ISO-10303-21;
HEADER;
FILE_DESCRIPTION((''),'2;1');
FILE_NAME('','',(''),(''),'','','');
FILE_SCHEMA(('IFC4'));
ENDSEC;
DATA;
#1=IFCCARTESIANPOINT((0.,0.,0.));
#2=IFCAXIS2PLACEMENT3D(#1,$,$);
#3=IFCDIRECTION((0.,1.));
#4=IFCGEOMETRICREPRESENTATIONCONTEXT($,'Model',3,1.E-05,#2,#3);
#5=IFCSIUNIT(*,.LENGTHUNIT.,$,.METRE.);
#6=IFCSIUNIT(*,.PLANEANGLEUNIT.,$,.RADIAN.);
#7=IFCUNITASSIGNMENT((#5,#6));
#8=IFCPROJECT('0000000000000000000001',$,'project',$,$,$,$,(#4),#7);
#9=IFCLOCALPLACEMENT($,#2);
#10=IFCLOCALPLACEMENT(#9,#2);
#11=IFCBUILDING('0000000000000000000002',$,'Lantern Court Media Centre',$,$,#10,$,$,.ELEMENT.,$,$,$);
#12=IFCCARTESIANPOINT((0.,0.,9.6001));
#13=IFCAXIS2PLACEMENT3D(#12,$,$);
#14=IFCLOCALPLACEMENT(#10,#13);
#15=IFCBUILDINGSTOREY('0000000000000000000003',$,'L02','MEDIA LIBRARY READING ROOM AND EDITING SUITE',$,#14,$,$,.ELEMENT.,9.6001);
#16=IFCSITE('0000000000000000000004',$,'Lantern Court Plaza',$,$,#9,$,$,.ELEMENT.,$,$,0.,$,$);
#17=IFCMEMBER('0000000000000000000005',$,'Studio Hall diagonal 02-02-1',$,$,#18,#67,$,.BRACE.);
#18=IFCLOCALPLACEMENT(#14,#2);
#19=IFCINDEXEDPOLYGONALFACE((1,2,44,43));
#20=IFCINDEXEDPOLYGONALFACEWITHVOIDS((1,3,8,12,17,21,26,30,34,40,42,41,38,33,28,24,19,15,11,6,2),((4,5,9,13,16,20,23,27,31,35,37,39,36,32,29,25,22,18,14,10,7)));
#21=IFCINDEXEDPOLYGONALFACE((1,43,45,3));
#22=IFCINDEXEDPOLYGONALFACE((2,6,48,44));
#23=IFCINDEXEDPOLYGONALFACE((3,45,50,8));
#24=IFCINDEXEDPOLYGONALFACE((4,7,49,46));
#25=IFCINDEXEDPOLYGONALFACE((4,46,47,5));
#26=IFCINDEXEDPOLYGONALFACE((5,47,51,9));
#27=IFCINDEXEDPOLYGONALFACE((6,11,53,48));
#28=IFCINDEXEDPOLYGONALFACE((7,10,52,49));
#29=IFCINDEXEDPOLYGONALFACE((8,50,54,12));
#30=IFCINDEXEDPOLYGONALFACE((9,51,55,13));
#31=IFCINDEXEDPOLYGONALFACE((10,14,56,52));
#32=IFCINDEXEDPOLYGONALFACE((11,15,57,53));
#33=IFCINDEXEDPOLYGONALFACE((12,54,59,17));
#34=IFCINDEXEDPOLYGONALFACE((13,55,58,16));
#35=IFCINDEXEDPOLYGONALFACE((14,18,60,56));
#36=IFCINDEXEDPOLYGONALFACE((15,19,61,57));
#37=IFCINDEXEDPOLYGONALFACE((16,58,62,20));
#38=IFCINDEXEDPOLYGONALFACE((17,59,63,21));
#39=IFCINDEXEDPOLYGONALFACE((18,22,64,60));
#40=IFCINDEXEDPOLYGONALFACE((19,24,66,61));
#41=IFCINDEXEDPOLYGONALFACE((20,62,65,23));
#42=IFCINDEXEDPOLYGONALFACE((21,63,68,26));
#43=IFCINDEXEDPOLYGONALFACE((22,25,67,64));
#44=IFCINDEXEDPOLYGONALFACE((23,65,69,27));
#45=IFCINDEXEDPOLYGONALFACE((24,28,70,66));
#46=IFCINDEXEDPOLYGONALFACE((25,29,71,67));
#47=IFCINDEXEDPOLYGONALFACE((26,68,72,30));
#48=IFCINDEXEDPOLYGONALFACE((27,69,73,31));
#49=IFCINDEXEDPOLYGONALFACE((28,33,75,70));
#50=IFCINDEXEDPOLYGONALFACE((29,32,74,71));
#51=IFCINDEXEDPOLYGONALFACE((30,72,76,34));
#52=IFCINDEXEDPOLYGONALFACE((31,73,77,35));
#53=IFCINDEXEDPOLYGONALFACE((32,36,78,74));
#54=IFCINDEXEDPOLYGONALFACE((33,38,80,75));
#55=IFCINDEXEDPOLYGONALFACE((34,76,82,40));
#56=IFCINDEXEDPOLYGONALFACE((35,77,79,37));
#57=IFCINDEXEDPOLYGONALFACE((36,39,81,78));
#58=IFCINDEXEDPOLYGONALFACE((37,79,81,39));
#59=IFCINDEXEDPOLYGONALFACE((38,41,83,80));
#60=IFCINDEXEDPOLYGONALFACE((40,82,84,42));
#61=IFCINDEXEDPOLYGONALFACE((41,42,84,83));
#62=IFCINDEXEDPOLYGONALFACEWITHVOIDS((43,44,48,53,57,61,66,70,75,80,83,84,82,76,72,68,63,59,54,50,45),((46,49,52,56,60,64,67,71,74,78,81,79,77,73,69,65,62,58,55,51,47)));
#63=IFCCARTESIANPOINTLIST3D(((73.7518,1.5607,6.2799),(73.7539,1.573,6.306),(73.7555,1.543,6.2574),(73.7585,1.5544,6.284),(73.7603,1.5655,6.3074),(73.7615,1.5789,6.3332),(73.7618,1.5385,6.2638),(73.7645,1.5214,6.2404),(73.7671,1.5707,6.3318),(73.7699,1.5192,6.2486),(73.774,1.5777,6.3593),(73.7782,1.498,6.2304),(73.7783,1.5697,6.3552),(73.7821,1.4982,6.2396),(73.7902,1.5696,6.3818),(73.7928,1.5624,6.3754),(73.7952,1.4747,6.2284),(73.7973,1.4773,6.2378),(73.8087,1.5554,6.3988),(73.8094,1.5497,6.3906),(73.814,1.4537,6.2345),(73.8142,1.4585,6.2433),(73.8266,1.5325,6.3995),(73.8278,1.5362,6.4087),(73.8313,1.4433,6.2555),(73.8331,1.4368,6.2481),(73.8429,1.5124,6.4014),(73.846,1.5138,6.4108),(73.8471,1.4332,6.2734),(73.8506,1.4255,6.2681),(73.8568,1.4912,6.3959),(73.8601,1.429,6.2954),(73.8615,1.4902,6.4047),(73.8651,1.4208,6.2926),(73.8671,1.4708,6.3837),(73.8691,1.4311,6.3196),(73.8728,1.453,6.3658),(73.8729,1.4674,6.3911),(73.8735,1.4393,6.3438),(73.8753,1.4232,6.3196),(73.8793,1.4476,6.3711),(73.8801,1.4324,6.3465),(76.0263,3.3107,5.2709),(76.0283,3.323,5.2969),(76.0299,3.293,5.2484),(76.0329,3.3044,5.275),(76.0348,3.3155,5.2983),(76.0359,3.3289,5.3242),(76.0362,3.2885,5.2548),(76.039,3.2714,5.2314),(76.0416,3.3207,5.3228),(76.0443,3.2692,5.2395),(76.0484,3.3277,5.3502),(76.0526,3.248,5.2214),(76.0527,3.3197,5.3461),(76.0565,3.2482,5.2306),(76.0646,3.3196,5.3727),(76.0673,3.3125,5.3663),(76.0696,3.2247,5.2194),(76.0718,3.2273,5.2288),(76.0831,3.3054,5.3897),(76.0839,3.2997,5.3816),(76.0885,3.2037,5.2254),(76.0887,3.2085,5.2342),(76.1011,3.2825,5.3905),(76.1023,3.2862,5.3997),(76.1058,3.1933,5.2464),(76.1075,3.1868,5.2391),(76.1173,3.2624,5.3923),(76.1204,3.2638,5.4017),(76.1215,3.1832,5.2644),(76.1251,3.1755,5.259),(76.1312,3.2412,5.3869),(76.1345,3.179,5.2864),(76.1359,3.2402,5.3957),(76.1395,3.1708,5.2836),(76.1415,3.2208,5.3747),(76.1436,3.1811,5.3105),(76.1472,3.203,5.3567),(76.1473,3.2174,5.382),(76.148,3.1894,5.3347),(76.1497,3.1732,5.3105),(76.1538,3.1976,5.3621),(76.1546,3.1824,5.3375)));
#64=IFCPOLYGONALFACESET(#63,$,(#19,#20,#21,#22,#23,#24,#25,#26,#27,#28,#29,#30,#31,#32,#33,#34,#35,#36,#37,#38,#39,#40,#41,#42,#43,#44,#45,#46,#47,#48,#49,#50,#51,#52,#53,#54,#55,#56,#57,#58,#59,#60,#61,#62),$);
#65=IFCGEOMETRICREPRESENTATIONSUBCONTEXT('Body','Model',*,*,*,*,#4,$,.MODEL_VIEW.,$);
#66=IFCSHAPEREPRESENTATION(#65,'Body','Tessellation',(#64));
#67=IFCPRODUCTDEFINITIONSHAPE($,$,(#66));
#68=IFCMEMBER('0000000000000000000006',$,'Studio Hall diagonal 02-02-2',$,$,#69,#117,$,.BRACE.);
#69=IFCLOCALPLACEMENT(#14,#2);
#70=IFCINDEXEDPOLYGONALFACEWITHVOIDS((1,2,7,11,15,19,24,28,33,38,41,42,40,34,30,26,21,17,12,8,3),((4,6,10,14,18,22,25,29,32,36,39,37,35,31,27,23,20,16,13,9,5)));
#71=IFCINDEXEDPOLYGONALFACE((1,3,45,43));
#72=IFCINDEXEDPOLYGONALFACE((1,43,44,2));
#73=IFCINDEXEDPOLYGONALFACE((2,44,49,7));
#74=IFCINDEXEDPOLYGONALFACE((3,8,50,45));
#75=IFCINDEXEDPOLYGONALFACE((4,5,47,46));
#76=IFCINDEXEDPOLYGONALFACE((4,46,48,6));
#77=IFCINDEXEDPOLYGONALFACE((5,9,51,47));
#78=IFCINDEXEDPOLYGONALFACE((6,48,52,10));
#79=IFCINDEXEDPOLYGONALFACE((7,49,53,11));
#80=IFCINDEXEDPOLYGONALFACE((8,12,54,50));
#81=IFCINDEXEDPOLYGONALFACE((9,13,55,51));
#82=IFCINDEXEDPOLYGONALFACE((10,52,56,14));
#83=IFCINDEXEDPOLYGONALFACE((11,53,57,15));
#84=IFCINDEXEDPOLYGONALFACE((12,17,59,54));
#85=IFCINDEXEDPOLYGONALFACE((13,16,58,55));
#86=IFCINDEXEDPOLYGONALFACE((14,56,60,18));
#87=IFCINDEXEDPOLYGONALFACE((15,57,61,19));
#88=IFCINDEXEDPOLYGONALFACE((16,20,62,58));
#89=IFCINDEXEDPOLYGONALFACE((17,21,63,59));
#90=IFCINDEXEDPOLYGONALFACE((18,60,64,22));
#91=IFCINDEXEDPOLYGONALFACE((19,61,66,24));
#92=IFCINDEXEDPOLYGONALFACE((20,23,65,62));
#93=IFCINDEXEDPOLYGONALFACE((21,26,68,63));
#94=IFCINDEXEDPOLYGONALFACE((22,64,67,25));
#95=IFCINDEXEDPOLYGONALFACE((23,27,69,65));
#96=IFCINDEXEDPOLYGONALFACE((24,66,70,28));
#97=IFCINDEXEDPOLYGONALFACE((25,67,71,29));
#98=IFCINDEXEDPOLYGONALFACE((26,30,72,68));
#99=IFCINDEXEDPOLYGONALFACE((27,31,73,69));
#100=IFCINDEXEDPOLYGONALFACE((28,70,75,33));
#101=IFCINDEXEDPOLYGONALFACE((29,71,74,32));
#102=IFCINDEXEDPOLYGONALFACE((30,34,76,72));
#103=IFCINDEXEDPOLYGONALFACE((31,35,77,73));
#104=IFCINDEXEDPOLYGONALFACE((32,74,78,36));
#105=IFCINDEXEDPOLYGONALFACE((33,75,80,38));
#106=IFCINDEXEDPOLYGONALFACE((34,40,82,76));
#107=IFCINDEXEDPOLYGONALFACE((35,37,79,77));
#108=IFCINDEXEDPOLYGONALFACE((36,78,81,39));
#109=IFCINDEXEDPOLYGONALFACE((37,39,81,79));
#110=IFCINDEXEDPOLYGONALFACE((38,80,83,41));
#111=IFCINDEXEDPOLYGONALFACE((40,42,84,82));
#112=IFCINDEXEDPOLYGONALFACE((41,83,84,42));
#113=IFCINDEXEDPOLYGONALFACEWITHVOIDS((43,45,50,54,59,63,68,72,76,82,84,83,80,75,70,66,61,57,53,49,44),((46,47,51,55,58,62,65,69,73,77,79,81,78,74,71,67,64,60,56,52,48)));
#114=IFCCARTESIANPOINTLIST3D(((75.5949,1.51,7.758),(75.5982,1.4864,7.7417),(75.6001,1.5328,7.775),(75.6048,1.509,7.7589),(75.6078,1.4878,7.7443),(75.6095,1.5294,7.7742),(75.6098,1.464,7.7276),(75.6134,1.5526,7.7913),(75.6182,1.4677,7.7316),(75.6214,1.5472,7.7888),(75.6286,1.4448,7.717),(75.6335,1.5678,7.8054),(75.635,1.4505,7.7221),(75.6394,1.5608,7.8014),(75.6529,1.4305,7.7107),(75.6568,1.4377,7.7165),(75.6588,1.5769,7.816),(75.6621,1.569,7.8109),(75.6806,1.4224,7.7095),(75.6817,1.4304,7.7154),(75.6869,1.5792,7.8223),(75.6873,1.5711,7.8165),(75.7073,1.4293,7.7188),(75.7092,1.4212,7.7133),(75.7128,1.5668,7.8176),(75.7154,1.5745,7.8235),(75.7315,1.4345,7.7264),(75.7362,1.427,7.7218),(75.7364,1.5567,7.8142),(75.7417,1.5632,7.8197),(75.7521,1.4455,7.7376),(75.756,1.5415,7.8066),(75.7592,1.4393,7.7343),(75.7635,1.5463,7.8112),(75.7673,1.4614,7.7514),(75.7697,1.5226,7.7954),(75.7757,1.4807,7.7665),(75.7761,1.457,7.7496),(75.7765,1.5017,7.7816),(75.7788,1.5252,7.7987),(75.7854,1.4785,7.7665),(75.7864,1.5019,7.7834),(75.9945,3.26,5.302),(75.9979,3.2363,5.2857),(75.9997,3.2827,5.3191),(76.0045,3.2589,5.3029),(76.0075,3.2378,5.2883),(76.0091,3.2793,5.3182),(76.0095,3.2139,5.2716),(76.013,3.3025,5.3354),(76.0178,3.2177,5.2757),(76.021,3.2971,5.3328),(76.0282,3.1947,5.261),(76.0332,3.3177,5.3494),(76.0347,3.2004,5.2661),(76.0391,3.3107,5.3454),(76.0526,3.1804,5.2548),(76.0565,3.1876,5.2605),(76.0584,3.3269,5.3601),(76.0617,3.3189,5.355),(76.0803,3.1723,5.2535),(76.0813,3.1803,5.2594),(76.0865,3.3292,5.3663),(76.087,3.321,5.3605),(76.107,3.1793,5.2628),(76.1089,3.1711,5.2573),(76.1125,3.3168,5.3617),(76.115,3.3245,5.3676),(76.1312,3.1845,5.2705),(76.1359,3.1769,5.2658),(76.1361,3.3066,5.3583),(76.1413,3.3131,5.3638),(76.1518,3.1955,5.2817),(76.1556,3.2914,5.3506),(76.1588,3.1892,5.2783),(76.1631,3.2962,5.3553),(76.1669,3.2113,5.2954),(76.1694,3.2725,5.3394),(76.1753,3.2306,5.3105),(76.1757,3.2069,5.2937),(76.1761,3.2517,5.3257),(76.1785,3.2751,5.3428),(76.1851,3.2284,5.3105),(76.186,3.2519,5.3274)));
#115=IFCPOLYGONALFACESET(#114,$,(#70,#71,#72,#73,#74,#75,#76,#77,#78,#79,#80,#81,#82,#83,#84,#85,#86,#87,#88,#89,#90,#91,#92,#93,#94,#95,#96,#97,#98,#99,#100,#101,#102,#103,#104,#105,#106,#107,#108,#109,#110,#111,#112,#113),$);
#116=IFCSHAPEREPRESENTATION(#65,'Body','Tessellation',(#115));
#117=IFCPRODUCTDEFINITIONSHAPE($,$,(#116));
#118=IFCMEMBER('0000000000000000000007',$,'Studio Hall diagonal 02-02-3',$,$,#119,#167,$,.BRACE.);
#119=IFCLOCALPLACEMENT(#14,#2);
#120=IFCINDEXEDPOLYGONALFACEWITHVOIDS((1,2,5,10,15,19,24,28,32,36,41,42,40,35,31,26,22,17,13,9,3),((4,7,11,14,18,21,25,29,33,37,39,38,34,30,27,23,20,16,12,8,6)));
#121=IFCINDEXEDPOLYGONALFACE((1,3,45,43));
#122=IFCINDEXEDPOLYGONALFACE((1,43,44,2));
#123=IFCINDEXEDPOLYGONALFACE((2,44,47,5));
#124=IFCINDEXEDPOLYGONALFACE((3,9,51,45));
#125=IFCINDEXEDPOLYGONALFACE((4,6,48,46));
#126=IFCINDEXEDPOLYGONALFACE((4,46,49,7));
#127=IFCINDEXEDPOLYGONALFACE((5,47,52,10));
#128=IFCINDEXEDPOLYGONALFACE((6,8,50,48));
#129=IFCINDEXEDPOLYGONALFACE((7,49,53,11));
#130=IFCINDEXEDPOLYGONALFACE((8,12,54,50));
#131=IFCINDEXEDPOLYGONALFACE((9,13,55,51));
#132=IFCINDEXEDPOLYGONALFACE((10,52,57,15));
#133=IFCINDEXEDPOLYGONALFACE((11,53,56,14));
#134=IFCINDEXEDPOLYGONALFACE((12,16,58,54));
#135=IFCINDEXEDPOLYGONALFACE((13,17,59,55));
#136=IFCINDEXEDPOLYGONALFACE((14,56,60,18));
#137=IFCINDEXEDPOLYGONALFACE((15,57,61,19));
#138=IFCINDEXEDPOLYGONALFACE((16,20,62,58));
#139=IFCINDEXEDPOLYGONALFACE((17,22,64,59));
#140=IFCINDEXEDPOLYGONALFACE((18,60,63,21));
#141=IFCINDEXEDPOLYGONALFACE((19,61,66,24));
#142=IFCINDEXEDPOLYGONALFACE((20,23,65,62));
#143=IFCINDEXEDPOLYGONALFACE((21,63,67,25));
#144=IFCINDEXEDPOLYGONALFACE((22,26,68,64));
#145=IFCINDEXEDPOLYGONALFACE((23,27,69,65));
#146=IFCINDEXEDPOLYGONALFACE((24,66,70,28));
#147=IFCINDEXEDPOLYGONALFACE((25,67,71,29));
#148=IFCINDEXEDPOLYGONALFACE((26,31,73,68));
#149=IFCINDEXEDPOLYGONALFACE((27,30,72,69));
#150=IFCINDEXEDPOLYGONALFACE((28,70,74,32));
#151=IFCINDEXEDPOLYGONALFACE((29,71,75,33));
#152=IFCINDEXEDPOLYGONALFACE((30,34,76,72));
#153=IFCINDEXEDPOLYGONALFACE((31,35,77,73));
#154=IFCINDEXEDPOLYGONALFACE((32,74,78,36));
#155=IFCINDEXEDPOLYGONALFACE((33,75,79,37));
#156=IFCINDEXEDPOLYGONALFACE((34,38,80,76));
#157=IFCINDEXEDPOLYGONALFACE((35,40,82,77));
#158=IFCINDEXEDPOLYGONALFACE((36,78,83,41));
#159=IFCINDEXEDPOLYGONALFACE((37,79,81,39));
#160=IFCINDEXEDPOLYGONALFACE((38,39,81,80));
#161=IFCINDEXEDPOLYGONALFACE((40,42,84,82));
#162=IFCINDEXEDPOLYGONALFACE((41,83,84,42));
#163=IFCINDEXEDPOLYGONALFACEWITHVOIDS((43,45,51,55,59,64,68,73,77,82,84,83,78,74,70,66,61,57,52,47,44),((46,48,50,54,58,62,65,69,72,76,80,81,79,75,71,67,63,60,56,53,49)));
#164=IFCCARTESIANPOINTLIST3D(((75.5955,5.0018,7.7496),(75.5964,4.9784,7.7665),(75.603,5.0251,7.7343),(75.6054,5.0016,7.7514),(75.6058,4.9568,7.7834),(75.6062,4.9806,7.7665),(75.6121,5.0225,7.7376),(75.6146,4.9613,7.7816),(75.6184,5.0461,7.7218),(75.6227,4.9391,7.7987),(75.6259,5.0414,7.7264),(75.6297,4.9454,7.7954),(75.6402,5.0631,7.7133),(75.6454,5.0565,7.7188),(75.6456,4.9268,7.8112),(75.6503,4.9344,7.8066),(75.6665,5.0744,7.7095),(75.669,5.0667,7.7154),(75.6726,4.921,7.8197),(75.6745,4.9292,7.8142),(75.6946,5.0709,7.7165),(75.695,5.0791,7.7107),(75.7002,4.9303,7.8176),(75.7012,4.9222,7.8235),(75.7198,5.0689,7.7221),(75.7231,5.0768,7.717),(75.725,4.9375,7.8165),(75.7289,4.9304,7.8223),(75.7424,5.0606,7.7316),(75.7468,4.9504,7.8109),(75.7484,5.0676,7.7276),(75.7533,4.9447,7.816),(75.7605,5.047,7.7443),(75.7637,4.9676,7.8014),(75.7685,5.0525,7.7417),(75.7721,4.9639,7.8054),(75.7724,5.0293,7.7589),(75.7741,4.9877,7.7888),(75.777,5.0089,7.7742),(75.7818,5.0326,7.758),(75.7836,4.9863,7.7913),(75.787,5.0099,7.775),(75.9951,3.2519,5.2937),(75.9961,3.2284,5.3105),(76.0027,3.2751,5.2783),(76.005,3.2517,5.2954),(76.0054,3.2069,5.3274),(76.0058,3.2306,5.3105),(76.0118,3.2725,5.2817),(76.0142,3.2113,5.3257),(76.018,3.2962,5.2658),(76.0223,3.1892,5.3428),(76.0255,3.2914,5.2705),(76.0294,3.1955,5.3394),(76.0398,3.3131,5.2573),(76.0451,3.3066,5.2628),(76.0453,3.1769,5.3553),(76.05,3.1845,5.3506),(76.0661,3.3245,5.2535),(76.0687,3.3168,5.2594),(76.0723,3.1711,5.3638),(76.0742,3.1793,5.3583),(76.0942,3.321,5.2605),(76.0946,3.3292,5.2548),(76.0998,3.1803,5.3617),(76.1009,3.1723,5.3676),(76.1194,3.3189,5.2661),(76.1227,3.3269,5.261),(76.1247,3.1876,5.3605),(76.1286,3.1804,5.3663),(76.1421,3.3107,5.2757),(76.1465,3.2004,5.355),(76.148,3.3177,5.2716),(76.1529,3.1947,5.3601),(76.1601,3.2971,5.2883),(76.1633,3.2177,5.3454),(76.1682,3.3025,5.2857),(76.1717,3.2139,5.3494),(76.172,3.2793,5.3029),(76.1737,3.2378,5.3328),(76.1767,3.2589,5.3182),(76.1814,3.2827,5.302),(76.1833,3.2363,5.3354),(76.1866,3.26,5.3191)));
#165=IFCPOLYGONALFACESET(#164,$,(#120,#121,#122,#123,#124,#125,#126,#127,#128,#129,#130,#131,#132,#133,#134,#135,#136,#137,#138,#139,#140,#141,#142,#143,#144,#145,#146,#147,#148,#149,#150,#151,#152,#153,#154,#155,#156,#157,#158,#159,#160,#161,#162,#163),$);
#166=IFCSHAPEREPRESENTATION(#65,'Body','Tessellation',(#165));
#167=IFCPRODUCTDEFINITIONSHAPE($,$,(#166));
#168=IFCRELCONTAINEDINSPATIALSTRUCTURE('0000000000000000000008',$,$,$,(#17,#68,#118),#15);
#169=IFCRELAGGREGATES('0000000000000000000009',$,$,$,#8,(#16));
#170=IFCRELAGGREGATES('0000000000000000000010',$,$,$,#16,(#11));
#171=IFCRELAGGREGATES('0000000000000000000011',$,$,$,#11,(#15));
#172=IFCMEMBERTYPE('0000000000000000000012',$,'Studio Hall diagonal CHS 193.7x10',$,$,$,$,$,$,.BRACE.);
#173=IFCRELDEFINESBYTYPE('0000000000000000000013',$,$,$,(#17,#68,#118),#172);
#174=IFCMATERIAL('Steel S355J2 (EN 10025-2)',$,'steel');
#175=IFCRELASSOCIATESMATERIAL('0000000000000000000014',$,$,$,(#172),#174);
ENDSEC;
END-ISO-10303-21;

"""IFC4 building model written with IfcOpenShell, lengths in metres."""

from ifc_helpers import new_model, si_unit, direction, frame, origin, origin_2d, place, context, subcontext, project, spatial, hollow_circle, extrude, material, material_profile, profile_set, type_object, element, save


model = new_model("IFC4")

# Units and contexts
model_context = context("Model", 3, precision=1e-05, world=origin(), true_north=direction((0.0, 1.0)))
body_context = subcontext(model_context, "Body", "Model", "MODEL_VIEW")
ifc_project = project(units=[si_unit("LENGTHUNIT", "METRE"), si_unit("PLANEANGLEUNIT", "RADIAN")], contexts=[model_context])

# Site, building, storey
site_placement = place(None, origin())
site = spatial("IfcSite", under=ifc_project, at=site_placement, Name="Lantern Court Plaza", CompositionType="ELEMENT", RefElevation=0.0)
building_placement = place(site_placement, origin())
building = spatial("IfcBuilding", under=site, at=building_placement, Name="Lantern Court Media Centre", CompositionType="ELEMENT")
storey_placement = place(building_placement, frame((0.0, 0.0, 9.6001)))
storey = spatial("IfcBuildingStorey", under=building, at=storey_placement, Name="L02", Description="MEDIA LIBRARY READING ROOM AND EDITING SUITE", CompositionType="ELEMENT", Elevation=9.6001)

# Members
ifc_material_1 = material(Name="Steel S355J2 (EN 10025-2)", Category="steel")
ifc_material_profile_1 = material_profile(ifc_material_1, hollow_circle(Radius=0.0969, WallThickness=0.01, at=origin_2d()), Name="Studio Hall diagonal CHS 193.7x10")
ifc_profile_set_1 = profile_set([ifc_material_profile_1], Name="Steel S355J2 (EN 10025-2)")
member_type_1 = type_object("IfcMemberType", Name="Studio Hall diagonal CHS 193.7x10", PredefinedType="BRACE", material=ifc_profile_set_1)
for number, where, z_axis, x_axis, name in (
    (1, (76.0906, 3.25, 5.3105), (-0.747677, -0.575284, 0.331703), (0.609809, -0.792548, 0.0), "Studio Hall diagonal 02-02-1"),
    (2, (76.0906, 3.25, 5.3105), (-0.131375, -0.575259, 0.807352), (0.9749, -0.222644, 0.0), "Studio Hall diagonal 02-02-2"),
    (3, (76.0906, 3.25, 5.3105), (-0.131375, 0.575259, 0.807352), (-0.9749, -0.222644, 0.0), "Studio Hall diagonal 02-02-3"),
):
    element("IfcMember", number, at=place(storey_placement, frame(where, z_axis=z_axis, x_axis=x_axis)), inside=storey, type_object=member_type_1, Name=name, PredefinedType="BRACE", context=body_context, shape_type="SweptSolid", body=[
        extrude(hollow_circle(Radius=0.0969, WallThickness=0.01, at=origin_2d()), origin(), (0.0, 0.0, 1.0), 3.042),
    ])

save(model, "model.ifc")
